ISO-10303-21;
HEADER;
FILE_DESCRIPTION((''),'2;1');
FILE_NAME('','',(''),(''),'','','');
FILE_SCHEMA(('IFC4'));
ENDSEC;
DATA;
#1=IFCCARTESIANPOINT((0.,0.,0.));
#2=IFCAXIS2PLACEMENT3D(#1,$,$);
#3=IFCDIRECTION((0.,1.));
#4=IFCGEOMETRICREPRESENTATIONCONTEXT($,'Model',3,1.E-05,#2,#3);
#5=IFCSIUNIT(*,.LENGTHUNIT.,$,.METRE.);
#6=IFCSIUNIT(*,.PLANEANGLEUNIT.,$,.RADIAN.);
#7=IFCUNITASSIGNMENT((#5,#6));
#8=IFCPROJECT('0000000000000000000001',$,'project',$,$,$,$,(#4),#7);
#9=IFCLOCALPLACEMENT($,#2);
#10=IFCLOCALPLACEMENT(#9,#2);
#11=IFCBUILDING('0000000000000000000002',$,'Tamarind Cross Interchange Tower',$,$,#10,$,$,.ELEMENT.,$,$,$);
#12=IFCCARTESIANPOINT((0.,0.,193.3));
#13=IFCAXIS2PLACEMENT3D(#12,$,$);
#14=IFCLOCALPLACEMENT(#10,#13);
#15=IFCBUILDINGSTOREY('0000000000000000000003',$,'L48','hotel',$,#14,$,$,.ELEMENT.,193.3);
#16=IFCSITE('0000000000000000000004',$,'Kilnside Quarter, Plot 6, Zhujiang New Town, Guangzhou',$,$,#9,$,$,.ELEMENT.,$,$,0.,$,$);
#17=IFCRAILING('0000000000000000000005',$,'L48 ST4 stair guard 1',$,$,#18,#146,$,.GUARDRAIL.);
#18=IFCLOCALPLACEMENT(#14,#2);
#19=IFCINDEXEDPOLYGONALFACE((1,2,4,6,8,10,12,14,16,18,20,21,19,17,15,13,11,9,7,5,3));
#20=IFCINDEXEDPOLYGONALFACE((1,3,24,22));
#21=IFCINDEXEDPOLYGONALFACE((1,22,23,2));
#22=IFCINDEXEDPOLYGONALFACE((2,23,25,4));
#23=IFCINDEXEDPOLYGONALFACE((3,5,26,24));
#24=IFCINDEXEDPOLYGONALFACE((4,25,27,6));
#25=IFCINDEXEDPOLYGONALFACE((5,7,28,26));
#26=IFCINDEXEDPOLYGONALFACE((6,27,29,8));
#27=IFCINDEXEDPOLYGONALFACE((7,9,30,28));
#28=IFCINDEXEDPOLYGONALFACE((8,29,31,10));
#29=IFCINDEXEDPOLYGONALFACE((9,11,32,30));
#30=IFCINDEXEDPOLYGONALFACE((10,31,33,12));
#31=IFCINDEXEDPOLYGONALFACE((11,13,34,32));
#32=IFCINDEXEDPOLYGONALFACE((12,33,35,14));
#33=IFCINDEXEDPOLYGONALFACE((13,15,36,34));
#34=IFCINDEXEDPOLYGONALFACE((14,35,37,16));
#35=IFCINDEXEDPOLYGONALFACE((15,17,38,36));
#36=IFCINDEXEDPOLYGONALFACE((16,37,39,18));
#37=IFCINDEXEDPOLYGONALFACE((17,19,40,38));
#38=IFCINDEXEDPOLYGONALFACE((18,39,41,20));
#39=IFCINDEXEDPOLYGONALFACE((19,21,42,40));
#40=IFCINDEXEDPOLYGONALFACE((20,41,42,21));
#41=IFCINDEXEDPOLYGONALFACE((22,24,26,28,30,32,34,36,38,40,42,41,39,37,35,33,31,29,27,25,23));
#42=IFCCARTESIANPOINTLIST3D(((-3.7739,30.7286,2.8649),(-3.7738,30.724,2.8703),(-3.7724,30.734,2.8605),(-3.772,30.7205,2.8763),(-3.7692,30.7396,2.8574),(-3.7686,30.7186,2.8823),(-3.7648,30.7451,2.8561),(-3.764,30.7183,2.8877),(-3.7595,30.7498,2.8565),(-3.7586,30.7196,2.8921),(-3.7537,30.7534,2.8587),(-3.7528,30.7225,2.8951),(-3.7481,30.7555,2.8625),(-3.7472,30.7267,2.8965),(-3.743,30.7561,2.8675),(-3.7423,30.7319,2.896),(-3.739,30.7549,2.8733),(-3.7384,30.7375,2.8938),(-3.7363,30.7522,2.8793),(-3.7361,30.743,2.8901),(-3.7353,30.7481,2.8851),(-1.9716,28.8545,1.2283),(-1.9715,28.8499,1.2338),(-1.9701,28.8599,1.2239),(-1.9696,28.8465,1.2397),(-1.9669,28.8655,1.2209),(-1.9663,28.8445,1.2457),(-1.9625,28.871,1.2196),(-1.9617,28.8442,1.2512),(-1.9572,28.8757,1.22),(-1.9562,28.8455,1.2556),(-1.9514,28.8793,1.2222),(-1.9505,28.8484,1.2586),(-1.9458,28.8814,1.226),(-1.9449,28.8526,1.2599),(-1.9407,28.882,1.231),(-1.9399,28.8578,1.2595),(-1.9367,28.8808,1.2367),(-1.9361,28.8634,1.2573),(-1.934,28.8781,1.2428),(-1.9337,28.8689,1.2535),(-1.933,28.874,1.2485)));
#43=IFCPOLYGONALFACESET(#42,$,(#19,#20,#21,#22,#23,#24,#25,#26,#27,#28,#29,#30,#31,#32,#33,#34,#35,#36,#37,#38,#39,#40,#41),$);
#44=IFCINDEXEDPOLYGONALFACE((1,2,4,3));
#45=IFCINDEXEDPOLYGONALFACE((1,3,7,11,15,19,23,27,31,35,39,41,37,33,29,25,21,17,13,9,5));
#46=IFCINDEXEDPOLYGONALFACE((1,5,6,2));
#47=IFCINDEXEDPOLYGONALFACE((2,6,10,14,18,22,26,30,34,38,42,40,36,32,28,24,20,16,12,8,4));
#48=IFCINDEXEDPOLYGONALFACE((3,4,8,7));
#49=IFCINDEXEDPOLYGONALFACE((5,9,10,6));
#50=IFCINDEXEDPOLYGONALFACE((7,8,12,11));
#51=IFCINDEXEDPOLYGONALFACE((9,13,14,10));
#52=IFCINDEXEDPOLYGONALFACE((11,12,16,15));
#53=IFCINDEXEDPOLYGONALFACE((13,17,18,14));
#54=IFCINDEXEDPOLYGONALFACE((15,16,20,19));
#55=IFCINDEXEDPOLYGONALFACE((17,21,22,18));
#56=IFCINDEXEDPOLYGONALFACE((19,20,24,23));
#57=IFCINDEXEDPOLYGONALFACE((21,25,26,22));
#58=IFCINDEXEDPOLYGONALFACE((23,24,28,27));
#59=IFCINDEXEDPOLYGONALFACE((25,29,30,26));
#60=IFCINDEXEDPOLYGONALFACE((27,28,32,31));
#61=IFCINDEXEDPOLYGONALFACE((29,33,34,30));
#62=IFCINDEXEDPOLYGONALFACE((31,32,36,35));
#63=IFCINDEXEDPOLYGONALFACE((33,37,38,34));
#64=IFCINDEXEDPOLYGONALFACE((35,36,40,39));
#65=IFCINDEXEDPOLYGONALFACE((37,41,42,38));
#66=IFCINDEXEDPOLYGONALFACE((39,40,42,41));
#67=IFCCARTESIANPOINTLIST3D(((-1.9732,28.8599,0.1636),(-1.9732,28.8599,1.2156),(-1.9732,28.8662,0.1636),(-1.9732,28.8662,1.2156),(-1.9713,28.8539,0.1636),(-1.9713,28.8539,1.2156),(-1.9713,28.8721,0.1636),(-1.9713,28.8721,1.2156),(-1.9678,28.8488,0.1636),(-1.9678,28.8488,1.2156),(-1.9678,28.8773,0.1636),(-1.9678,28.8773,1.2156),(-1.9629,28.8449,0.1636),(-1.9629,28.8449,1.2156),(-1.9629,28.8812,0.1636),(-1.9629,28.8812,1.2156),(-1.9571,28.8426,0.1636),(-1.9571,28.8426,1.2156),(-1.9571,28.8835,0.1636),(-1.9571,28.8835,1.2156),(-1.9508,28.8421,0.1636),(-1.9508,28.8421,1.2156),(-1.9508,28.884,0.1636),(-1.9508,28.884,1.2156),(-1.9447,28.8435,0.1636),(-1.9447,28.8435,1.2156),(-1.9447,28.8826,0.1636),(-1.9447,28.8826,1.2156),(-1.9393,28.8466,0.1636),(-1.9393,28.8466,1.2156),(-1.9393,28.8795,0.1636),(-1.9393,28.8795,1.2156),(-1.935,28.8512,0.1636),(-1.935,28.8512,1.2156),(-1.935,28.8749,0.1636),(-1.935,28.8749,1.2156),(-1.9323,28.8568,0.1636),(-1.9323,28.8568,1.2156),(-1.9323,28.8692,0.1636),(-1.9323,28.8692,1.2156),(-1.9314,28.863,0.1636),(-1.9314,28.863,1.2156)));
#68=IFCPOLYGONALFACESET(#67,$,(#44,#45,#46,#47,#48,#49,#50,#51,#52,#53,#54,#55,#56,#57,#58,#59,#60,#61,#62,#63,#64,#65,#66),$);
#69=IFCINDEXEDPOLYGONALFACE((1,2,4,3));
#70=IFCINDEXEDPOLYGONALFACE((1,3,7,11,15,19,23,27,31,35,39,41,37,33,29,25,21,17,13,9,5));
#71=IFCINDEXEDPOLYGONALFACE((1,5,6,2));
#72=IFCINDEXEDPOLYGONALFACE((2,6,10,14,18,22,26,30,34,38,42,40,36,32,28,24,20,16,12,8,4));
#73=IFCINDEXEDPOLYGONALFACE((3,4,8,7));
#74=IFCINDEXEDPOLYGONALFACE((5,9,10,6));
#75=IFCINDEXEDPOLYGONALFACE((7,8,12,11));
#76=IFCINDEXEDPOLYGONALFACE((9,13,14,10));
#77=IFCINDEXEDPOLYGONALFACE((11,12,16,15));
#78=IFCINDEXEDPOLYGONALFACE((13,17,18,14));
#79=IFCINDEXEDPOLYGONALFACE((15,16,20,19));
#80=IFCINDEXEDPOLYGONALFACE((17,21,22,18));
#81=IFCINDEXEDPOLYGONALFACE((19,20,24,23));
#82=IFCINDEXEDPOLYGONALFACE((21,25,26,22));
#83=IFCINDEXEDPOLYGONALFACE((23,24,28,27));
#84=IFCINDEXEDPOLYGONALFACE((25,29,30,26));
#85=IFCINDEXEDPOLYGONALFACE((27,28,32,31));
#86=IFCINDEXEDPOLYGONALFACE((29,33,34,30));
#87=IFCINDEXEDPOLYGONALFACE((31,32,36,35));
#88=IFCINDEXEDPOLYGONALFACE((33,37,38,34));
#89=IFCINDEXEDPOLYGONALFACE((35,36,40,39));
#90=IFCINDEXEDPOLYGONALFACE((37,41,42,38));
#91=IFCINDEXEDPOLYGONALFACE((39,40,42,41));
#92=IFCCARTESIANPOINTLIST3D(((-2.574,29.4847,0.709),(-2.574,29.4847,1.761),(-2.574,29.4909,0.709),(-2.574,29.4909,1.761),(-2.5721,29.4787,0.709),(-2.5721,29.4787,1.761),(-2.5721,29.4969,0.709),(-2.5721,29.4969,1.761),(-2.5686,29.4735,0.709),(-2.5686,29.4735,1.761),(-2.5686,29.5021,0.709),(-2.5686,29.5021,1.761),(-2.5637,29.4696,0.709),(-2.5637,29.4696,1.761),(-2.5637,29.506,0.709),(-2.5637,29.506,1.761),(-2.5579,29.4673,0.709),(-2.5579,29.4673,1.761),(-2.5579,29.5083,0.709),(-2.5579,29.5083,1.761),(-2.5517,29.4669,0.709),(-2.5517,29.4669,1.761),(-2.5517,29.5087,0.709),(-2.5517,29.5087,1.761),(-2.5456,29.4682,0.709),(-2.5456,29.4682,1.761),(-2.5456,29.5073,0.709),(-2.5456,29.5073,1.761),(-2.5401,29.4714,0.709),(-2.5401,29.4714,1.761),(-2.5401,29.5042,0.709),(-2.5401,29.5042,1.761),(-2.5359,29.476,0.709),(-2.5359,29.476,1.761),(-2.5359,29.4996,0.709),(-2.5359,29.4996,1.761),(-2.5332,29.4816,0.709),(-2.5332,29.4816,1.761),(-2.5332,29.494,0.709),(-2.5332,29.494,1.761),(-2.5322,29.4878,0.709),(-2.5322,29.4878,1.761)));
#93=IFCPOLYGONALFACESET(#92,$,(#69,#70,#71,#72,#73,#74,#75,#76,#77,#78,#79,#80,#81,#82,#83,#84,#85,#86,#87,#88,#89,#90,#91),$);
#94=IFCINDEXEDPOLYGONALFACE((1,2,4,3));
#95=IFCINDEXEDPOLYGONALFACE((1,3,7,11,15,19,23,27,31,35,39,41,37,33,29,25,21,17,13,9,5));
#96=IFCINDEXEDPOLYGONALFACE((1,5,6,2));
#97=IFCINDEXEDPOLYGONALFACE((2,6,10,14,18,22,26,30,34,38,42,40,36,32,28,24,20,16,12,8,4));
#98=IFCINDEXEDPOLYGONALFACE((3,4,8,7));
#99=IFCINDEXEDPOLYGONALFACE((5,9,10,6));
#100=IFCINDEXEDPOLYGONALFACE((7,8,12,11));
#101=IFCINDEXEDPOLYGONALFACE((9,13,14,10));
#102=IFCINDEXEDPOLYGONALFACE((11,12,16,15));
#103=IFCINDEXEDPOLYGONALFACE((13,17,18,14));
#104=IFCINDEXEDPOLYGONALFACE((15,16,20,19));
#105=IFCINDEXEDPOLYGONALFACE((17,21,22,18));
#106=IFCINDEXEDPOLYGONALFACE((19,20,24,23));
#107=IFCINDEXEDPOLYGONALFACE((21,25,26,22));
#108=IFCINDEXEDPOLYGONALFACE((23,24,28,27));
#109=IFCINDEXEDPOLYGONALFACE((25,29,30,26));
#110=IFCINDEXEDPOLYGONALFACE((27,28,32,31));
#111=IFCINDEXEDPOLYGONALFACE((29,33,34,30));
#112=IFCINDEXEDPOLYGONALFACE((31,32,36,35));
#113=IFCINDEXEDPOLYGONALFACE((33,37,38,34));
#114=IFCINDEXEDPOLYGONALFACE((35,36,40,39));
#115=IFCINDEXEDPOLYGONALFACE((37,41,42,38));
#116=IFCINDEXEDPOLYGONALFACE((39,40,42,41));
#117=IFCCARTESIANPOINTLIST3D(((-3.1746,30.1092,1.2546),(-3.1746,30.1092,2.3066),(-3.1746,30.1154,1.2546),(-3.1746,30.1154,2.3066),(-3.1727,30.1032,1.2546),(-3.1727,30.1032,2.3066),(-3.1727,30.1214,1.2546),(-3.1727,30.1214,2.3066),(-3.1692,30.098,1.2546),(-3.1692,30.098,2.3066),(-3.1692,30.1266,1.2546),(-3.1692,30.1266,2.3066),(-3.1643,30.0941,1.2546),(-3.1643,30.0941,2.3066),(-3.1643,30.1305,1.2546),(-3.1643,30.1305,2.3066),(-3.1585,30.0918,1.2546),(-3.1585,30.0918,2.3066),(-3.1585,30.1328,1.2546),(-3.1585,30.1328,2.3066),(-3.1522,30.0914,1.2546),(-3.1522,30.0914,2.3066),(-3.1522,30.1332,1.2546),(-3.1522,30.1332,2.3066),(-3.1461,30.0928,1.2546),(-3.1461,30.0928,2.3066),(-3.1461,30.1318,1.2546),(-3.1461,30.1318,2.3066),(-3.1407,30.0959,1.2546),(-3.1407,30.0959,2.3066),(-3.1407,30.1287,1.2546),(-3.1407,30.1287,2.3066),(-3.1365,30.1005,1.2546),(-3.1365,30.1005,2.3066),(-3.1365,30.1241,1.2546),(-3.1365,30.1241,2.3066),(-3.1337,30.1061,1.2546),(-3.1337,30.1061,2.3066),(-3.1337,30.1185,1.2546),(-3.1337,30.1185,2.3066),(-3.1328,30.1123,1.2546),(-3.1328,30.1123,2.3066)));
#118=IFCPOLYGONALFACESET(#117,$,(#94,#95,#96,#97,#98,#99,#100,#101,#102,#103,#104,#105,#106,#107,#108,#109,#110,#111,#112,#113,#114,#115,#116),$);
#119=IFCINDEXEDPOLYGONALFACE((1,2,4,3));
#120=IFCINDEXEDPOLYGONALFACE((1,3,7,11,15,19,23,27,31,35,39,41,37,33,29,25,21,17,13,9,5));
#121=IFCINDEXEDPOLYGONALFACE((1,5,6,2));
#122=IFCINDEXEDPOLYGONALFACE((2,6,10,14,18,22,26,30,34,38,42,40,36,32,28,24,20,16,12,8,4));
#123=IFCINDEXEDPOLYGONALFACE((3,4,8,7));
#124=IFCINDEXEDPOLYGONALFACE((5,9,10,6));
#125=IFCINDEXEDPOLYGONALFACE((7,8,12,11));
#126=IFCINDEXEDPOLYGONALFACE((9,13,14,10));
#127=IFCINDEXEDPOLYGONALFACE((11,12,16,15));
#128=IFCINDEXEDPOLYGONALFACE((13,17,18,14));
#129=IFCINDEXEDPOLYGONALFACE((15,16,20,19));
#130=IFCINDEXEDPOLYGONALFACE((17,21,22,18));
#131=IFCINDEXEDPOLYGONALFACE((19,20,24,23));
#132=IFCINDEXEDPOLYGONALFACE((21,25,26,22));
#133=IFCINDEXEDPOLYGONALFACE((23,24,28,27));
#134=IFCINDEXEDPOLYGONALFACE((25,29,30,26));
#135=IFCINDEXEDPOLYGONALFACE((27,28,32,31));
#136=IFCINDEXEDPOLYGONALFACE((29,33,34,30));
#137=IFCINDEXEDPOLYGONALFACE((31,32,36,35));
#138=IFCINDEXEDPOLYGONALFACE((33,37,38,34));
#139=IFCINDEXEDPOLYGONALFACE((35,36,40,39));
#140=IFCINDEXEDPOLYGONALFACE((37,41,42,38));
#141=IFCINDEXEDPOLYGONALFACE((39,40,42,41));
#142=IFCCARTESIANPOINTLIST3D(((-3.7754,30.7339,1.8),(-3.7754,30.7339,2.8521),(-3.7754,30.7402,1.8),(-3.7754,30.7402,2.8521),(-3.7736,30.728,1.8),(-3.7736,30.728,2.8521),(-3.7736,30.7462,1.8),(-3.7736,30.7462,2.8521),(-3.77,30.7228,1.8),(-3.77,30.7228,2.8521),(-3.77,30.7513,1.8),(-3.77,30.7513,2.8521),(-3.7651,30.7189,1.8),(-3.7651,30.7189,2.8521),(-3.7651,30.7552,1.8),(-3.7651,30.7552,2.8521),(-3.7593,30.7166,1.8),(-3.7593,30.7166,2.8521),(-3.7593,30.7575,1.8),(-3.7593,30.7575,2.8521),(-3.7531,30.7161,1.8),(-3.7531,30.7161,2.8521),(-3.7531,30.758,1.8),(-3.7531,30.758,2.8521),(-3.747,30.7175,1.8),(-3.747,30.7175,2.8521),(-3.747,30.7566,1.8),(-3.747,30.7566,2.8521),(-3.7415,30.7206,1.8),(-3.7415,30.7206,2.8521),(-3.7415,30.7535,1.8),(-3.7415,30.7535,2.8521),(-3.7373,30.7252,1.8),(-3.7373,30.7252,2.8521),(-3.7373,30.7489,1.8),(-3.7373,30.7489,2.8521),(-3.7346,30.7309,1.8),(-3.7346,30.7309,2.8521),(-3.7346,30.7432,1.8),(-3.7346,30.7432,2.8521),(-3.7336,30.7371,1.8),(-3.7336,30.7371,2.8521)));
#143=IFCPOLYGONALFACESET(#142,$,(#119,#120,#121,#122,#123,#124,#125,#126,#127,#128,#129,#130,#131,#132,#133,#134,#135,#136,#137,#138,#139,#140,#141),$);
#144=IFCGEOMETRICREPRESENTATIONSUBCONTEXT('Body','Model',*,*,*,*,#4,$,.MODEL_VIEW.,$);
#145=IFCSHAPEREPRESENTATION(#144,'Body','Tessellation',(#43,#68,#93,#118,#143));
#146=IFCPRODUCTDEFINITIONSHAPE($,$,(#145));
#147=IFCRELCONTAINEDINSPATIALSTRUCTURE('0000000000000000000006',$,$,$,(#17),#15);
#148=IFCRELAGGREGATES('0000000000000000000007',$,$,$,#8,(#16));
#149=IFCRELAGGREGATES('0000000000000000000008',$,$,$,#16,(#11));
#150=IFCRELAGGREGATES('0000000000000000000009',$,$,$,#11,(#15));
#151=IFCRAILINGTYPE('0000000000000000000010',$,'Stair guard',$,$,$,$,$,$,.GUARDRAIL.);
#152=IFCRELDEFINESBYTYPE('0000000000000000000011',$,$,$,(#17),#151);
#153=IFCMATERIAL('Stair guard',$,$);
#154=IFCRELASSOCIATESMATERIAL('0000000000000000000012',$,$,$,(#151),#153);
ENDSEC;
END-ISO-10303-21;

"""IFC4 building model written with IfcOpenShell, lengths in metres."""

from ifc_helpers import new_model, si_unit, direction, frame, origin, origin_2d, place, context, subcontext, project, spatial, circle, extrude, material, type_object, element, save


model = new_model("IFC4")

# Units and contexts
model_context = context("Model", 3, precision=1e-05, world=origin(), true_north=direction((0.0, 1.0)))
body_context = subcontext(model_context, "Body", "Model", "MODEL_VIEW")
ifc_project = project(units=[si_unit("LENGTHUNIT", "METRE"), si_unit("PLANEANGLEUNIT", "RADIAN")], contexts=[model_context])

# Site, building, storey
site_placement = place(None, origin())
site = spatial("IfcSite", under=ifc_project, at=site_placement, Name="Kilnside Quarter, Plot 6, Zhujiang New Town, Guangzhou", CompositionType="ELEMENT", RefElevation=0.0)
building_placement = place(site_placement, origin())
building = spatial("IfcBuilding", under=site, at=building_placement, Name="Tamarind Cross Interchange Tower", CompositionType="ELEMENT")
storey_placement = place(building_placement, frame((0.0, 0.0, 193.3)))
storey = spatial("IfcBuildingStorey", under=building, at=storey_placement, Name="L48", Description="hotel", CompositionType="ELEMENT", Elevation=193.3)

# Railing
ifc_material_1 = material(Name="Stair guard")
railing_type_1 = type_object("IfcRailingType", Name="Stair guard", PredefinedType="GUARDRAIL", material=ifc_material_1)
railing_1_placement = place(storey_placement, frame((-1.9524, 28.863, 0.1636)))
element("IfcRailing", 1, at=railing_1_placement, inside=storey, type_object=railing_type_1, Name="L48 ST4 stair guard 1", PredefinedType="GUARDRAIL", context=body_context, shape_type="SweptSolid", body=[
    extrude(circle(Radius=0.0239, at=origin_2d()), frame((0.0, 0.0, 1.0762), z_axis=(-0.58664, 0.610004, 0.532681), x_axis=(-0.720775, -0.693169, 0.0)), (0.0, 0.0, 1.0), 3.0723),
    extrude(circle(Radius=0.021, at=origin_2d()), origin(), (0.0, 0.0, 1.0), 1.052),
    extrude(circle(Radius=0.021, at=origin_2d()), frame((-0.6008, 0.6248, 0.5454)), (0.0, 0.0, 1.0), 1.052),
    extrude(circle(Radius=0.021, at=origin_2d()), frame((-1.2014, 1.2493, 1.0911)), (0.0, 0.0, 1.0), 1.052),
    extrude(circle(Radius=0.021, at=origin_2d()), frame((-1.8022, 1.874, 1.6365)), (0.0, 0.0, 1.0), 1.052),
])

save(model, "model.ifc")
